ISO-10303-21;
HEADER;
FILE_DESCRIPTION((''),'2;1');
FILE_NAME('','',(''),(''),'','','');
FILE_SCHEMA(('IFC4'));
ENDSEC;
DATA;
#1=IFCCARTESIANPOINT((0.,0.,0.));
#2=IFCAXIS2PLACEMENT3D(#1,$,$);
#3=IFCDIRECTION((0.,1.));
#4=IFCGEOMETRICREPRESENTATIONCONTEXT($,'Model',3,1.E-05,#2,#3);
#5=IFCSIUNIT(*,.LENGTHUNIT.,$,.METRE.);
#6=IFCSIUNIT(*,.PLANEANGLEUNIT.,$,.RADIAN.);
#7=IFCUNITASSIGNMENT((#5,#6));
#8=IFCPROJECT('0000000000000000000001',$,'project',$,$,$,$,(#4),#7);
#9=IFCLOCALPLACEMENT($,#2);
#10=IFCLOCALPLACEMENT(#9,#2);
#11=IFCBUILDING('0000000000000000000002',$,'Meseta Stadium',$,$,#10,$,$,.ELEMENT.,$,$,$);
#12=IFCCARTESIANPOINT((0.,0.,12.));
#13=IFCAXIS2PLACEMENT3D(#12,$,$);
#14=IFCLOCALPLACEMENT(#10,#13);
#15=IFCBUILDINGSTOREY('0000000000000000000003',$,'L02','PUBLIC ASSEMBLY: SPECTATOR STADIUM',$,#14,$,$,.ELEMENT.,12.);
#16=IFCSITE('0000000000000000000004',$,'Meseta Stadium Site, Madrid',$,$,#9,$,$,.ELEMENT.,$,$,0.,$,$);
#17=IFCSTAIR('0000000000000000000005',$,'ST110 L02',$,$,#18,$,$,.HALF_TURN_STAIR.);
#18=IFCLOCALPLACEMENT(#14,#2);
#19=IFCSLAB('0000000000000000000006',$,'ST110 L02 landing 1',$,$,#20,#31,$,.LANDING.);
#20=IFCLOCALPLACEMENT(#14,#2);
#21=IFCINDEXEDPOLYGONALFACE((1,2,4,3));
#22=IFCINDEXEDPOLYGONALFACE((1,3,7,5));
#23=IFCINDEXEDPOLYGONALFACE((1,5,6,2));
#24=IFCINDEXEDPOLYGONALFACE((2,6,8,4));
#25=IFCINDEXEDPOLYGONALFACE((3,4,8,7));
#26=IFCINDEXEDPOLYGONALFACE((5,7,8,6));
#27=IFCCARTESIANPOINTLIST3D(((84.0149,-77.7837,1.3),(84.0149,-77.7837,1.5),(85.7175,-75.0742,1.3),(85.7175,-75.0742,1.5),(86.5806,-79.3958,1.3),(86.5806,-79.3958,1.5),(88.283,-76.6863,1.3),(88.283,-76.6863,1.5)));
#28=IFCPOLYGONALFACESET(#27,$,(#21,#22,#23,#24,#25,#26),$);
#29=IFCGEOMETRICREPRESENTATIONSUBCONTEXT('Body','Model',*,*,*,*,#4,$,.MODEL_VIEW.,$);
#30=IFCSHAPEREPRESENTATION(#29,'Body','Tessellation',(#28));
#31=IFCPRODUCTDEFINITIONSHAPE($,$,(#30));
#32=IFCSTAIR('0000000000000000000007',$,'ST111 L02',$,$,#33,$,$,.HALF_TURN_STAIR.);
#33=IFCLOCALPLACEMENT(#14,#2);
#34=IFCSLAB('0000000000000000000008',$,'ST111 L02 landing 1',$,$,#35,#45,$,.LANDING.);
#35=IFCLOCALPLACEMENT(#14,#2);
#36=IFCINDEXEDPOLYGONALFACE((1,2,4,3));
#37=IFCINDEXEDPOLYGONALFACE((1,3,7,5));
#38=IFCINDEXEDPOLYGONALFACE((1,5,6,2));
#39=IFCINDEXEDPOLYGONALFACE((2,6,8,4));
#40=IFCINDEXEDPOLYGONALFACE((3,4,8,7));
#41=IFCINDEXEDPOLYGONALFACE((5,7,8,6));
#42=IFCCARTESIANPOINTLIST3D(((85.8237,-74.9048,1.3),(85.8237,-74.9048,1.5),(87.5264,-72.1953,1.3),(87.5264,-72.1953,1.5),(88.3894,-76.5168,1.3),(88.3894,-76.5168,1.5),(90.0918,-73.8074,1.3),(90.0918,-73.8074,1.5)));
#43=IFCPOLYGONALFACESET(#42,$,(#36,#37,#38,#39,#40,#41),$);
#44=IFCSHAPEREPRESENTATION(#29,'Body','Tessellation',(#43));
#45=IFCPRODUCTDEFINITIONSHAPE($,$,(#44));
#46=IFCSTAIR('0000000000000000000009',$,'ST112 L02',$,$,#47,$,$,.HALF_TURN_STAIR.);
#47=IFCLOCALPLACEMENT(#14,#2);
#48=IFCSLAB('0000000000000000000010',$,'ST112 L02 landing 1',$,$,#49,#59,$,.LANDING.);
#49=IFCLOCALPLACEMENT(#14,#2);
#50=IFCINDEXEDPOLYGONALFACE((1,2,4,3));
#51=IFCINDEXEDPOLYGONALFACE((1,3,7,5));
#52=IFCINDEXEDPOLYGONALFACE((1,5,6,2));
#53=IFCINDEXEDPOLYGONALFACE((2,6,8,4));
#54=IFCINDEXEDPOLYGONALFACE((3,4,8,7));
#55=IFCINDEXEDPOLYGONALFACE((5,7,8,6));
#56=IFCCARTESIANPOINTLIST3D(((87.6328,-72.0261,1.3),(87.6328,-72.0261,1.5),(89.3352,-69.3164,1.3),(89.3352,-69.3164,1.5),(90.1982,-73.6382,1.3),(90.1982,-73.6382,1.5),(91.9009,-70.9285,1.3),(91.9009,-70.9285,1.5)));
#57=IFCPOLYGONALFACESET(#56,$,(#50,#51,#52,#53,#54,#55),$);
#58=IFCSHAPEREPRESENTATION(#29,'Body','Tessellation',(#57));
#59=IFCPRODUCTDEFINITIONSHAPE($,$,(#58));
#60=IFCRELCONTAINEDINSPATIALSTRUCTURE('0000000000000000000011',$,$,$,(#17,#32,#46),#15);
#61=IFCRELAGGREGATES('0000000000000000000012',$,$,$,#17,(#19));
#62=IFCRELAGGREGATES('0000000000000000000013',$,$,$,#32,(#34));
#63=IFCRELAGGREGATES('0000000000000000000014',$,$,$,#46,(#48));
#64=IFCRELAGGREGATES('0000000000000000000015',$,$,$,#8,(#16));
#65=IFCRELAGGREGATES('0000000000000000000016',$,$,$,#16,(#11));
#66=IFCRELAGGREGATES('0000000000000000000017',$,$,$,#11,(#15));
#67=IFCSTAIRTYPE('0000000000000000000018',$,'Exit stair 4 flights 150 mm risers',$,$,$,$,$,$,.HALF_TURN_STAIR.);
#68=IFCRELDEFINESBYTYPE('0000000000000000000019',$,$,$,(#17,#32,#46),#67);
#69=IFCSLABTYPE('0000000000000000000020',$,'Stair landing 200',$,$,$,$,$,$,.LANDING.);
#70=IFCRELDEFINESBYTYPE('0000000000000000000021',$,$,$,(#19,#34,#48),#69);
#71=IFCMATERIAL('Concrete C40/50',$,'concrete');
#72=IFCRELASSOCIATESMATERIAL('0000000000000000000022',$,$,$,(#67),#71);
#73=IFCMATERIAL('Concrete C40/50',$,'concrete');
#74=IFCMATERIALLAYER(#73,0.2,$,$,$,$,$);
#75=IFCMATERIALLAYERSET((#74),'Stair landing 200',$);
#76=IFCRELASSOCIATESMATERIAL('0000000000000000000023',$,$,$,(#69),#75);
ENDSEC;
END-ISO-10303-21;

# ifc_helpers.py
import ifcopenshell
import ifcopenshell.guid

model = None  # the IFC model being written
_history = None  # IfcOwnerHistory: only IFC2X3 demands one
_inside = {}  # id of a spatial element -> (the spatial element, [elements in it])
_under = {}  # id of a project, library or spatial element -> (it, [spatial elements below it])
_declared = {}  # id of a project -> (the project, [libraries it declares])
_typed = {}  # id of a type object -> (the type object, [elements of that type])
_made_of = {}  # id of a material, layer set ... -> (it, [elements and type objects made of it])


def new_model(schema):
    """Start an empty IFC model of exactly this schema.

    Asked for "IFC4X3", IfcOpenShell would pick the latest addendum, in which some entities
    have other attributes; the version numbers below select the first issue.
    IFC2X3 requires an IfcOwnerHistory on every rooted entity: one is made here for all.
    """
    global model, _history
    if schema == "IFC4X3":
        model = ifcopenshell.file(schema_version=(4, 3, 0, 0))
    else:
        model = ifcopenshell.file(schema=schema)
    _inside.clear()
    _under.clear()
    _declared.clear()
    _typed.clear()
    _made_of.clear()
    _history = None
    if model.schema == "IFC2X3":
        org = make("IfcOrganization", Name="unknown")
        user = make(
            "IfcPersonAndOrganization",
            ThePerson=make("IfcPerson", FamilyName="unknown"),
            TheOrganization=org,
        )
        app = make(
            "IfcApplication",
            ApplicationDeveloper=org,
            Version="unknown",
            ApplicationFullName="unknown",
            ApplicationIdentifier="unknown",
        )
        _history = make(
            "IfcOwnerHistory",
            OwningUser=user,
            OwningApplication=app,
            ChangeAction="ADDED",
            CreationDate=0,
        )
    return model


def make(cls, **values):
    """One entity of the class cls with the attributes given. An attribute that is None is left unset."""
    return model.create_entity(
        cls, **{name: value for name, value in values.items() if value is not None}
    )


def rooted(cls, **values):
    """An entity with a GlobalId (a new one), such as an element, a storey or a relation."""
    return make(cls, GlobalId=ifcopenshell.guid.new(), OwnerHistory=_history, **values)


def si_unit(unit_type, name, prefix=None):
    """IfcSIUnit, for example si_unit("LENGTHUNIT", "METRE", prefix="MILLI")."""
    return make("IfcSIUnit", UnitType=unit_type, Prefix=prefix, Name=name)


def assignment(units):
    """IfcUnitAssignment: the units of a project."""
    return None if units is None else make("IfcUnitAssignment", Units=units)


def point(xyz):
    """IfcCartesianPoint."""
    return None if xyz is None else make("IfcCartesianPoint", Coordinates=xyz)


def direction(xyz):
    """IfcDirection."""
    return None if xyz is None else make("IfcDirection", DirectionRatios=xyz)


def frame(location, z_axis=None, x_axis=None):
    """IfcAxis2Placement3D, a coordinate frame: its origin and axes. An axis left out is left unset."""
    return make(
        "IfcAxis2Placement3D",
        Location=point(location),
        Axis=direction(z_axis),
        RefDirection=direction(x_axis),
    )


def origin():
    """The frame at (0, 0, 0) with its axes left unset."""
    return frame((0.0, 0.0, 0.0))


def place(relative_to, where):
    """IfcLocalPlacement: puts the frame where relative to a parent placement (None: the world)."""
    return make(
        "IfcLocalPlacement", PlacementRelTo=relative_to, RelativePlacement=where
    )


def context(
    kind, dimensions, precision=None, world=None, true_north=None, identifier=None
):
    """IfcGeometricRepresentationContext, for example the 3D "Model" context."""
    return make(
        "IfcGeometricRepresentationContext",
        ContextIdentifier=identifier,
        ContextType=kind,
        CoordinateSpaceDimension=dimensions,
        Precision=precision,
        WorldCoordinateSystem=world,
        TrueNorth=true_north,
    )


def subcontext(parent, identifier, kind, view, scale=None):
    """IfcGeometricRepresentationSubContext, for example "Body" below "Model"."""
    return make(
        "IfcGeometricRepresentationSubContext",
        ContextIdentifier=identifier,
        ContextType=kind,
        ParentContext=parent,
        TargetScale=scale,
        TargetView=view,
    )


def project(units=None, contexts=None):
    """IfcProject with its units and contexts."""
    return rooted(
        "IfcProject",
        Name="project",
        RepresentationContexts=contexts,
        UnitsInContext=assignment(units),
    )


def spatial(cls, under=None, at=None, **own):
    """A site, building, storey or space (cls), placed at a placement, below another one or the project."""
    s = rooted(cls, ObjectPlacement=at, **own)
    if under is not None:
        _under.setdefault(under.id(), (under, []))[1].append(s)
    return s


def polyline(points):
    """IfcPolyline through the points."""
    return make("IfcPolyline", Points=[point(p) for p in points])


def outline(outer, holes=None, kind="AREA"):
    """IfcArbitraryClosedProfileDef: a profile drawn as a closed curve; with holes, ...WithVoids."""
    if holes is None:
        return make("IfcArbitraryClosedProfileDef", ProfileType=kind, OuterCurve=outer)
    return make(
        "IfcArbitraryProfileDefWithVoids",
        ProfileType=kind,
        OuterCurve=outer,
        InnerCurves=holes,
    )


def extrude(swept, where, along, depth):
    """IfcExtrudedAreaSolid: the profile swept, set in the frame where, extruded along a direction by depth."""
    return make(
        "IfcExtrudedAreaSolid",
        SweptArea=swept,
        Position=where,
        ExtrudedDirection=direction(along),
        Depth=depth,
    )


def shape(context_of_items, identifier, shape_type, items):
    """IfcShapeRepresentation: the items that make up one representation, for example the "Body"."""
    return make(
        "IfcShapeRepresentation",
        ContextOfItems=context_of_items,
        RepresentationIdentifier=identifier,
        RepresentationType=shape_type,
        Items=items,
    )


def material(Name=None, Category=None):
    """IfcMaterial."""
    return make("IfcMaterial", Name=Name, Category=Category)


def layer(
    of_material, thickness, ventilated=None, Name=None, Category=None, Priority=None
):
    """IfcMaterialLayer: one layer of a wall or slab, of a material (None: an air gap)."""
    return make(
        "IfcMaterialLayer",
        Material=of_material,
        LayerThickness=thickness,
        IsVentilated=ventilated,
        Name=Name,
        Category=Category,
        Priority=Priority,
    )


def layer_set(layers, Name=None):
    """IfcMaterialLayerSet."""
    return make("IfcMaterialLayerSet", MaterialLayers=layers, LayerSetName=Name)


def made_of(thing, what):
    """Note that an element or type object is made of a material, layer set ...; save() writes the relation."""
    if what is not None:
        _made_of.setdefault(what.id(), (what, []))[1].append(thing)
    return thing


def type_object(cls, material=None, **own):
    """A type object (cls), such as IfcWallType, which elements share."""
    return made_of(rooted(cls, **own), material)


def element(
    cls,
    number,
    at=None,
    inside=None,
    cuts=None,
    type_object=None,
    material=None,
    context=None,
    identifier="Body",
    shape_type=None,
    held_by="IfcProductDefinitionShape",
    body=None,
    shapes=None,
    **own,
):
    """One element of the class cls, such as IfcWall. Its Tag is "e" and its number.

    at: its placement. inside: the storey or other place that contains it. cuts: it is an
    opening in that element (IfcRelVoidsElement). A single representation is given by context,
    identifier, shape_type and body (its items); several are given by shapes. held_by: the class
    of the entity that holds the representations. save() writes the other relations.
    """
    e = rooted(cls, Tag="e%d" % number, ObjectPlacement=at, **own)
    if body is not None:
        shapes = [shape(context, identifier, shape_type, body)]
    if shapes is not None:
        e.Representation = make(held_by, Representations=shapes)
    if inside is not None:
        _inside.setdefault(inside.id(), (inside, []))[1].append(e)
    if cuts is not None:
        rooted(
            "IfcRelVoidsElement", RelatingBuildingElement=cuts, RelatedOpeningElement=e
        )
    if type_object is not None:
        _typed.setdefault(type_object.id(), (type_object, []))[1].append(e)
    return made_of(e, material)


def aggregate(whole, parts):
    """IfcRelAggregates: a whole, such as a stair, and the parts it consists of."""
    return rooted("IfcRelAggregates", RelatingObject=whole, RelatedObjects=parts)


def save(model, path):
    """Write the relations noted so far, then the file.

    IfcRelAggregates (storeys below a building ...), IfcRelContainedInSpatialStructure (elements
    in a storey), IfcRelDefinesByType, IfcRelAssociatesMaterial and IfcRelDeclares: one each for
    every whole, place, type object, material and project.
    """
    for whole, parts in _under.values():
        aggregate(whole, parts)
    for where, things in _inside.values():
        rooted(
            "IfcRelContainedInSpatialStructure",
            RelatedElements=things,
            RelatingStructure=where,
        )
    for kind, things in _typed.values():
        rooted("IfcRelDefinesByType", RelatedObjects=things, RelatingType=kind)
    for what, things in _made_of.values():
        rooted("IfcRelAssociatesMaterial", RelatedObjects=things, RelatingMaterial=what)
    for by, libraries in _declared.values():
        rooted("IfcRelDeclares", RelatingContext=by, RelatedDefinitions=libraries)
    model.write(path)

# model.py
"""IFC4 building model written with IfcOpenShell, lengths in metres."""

from ifc_helpers import new_model, si_unit, direction, frame, origin, place, context, subcontext, project, spatial, polyline, outline, extrude, material, layer, layer_set, type_object, element, aggregate, save


model = new_model("IFC4")

# Units and contexts
model_context = context("Model", 3, precision=1e-05, world=origin(), true_north=direction((0.0, 1.0)))
body_context = subcontext(model_context, "Body", "Model", "MODEL_VIEW")
ifc_project = project(units=[si_unit("LENGTHUNIT", "METRE"), si_unit("PLANEANGLEUNIT", "RADIAN")], contexts=[model_context])

# Site, building, storey
site_placement = place(None, origin())
site = spatial("IfcSite", under=ifc_project, at=site_placement, Name="Meseta Stadium Site, Madrid", CompositionType="ELEMENT", RefElevation=0.0)
building_placement = place(site_placement, origin())
building = spatial("IfcBuilding", under=site, at=building_placement, Name="Meseta Stadium", CompositionType="ELEMENT")
storey_placement = place(building_placement, frame((0.0, 0.0, 12.0)))
storey = spatial("IfcBuildingStorey", under=building, at=storey_placement, Name="L02", Description="PUBLIC ASSEMBLY: SPECTATOR STADIUM", CompositionType="ELEMENT", Elevation=12.0)

# Shared definitions
ifc_material_1 = material(Name="Concrete C40/50", Category="concrete")
stair_type = type_object("IfcStairType", Name="Exit stair 4 flights 150 mm risers", PredefinedType="HALF_TURN_STAIR", material=ifc_material_1)
ifc_material_2 = material(Name="Concrete C40/50", Category="concrete")
ifc_layer = layer(ifc_material_2, 0.2)
ifc_layer_set = layer_set([ifc_layer], Name="Stair landing 200")
slab_type = type_object("IfcSlabType", Name="Stair landing 200", PredefinedType="LANDING", material=ifc_layer_set)

# Stairs, slabs
stair_1_placement = place(storey_placement, origin())
stair_1 = element("IfcStair", 1, at=stair_1_placement, inside=storey, type_object=stair_type, Name="ST110 L02", PredefinedType="HALF_TURN_STAIR")
slab_1_placement = place(storey_placement, frame((0.0, 0.0, 1.3)))
slab_1 = element("IfcSlab", 2, at=slab_1_placement, type_object=slab_type, Name="ST110 L02 landing 1", PredefinedType="LANDING", context=body_context, shape_type="SweptSolid", body=[
    extrude(outline(polyline([(84.0149, -77.7837), (86.5806, -79.3958), (88.283, -76.6863), (85.7175, -75.0742), (84.0149, -77.7837)])), origin(), (0.0, 0.0, 1.0), 0.2),
])
aggregate(stair_1, [slab_1])
stair_2_placement = place(storey_placement, origin())
stair_2 = element("IfcStair", 3, at=stair_2_placement, inside=storey, type_object=stair_type, Name="ST111 L02", PredefinedType="HALF_TURN_STAIR")
slab_2_placement = place(storey_placement, frame((0.0, 0.0, 1.3)))
slab_2 = element("IfcSlab", 4, at=slab_2_placement, type_object=slab_type, Name="ST111 L02 landing 1", PredefinedType="LANDING", context=body_context, shape_type="SweptSolid", body=[
    extrude(outline(polyline([(85.8237, -74.9048), (88.3894, -76.5168), (90.0918, -73.8074), (87.5264, -72.1953), (85.8237, -74.9048)])), origin(), (0.0, 0.0, 1.0), 0.2),
])
aggregate(stair_2, [slab_2])
stair_3_placement = place(storey_placement, origin())
stair_3 = element("IfcStair", 5, at=stair_3_placement, inside=storey, type_object=stair_type, Name="ST112 L02", PredefinedType="HALF_TURN_STAIR")
slab_3_placement = place(storey_placement, frame((0.0, 0.0, 1.3)))
slab_3 = element("IfcSlab", 6, at=slab_3_placement, type_object=slab_type, Name="ST112 L02 landing 1", PredefinedType="LANDING", context=body_context, shape_type="SweptSolid", body=[
    extrude(outline(polyline([(87.6328, -72.0261), (90.1982, -73.6382), (91.9009, -70.9285), (89.3352, -69.3164), (87.6328, -72.0261)])), origin(), (0.0, 0.0, 1.0), 0.2),
])
aggregate(stair_3, [slab_3])

save(model, "model.ifc")
